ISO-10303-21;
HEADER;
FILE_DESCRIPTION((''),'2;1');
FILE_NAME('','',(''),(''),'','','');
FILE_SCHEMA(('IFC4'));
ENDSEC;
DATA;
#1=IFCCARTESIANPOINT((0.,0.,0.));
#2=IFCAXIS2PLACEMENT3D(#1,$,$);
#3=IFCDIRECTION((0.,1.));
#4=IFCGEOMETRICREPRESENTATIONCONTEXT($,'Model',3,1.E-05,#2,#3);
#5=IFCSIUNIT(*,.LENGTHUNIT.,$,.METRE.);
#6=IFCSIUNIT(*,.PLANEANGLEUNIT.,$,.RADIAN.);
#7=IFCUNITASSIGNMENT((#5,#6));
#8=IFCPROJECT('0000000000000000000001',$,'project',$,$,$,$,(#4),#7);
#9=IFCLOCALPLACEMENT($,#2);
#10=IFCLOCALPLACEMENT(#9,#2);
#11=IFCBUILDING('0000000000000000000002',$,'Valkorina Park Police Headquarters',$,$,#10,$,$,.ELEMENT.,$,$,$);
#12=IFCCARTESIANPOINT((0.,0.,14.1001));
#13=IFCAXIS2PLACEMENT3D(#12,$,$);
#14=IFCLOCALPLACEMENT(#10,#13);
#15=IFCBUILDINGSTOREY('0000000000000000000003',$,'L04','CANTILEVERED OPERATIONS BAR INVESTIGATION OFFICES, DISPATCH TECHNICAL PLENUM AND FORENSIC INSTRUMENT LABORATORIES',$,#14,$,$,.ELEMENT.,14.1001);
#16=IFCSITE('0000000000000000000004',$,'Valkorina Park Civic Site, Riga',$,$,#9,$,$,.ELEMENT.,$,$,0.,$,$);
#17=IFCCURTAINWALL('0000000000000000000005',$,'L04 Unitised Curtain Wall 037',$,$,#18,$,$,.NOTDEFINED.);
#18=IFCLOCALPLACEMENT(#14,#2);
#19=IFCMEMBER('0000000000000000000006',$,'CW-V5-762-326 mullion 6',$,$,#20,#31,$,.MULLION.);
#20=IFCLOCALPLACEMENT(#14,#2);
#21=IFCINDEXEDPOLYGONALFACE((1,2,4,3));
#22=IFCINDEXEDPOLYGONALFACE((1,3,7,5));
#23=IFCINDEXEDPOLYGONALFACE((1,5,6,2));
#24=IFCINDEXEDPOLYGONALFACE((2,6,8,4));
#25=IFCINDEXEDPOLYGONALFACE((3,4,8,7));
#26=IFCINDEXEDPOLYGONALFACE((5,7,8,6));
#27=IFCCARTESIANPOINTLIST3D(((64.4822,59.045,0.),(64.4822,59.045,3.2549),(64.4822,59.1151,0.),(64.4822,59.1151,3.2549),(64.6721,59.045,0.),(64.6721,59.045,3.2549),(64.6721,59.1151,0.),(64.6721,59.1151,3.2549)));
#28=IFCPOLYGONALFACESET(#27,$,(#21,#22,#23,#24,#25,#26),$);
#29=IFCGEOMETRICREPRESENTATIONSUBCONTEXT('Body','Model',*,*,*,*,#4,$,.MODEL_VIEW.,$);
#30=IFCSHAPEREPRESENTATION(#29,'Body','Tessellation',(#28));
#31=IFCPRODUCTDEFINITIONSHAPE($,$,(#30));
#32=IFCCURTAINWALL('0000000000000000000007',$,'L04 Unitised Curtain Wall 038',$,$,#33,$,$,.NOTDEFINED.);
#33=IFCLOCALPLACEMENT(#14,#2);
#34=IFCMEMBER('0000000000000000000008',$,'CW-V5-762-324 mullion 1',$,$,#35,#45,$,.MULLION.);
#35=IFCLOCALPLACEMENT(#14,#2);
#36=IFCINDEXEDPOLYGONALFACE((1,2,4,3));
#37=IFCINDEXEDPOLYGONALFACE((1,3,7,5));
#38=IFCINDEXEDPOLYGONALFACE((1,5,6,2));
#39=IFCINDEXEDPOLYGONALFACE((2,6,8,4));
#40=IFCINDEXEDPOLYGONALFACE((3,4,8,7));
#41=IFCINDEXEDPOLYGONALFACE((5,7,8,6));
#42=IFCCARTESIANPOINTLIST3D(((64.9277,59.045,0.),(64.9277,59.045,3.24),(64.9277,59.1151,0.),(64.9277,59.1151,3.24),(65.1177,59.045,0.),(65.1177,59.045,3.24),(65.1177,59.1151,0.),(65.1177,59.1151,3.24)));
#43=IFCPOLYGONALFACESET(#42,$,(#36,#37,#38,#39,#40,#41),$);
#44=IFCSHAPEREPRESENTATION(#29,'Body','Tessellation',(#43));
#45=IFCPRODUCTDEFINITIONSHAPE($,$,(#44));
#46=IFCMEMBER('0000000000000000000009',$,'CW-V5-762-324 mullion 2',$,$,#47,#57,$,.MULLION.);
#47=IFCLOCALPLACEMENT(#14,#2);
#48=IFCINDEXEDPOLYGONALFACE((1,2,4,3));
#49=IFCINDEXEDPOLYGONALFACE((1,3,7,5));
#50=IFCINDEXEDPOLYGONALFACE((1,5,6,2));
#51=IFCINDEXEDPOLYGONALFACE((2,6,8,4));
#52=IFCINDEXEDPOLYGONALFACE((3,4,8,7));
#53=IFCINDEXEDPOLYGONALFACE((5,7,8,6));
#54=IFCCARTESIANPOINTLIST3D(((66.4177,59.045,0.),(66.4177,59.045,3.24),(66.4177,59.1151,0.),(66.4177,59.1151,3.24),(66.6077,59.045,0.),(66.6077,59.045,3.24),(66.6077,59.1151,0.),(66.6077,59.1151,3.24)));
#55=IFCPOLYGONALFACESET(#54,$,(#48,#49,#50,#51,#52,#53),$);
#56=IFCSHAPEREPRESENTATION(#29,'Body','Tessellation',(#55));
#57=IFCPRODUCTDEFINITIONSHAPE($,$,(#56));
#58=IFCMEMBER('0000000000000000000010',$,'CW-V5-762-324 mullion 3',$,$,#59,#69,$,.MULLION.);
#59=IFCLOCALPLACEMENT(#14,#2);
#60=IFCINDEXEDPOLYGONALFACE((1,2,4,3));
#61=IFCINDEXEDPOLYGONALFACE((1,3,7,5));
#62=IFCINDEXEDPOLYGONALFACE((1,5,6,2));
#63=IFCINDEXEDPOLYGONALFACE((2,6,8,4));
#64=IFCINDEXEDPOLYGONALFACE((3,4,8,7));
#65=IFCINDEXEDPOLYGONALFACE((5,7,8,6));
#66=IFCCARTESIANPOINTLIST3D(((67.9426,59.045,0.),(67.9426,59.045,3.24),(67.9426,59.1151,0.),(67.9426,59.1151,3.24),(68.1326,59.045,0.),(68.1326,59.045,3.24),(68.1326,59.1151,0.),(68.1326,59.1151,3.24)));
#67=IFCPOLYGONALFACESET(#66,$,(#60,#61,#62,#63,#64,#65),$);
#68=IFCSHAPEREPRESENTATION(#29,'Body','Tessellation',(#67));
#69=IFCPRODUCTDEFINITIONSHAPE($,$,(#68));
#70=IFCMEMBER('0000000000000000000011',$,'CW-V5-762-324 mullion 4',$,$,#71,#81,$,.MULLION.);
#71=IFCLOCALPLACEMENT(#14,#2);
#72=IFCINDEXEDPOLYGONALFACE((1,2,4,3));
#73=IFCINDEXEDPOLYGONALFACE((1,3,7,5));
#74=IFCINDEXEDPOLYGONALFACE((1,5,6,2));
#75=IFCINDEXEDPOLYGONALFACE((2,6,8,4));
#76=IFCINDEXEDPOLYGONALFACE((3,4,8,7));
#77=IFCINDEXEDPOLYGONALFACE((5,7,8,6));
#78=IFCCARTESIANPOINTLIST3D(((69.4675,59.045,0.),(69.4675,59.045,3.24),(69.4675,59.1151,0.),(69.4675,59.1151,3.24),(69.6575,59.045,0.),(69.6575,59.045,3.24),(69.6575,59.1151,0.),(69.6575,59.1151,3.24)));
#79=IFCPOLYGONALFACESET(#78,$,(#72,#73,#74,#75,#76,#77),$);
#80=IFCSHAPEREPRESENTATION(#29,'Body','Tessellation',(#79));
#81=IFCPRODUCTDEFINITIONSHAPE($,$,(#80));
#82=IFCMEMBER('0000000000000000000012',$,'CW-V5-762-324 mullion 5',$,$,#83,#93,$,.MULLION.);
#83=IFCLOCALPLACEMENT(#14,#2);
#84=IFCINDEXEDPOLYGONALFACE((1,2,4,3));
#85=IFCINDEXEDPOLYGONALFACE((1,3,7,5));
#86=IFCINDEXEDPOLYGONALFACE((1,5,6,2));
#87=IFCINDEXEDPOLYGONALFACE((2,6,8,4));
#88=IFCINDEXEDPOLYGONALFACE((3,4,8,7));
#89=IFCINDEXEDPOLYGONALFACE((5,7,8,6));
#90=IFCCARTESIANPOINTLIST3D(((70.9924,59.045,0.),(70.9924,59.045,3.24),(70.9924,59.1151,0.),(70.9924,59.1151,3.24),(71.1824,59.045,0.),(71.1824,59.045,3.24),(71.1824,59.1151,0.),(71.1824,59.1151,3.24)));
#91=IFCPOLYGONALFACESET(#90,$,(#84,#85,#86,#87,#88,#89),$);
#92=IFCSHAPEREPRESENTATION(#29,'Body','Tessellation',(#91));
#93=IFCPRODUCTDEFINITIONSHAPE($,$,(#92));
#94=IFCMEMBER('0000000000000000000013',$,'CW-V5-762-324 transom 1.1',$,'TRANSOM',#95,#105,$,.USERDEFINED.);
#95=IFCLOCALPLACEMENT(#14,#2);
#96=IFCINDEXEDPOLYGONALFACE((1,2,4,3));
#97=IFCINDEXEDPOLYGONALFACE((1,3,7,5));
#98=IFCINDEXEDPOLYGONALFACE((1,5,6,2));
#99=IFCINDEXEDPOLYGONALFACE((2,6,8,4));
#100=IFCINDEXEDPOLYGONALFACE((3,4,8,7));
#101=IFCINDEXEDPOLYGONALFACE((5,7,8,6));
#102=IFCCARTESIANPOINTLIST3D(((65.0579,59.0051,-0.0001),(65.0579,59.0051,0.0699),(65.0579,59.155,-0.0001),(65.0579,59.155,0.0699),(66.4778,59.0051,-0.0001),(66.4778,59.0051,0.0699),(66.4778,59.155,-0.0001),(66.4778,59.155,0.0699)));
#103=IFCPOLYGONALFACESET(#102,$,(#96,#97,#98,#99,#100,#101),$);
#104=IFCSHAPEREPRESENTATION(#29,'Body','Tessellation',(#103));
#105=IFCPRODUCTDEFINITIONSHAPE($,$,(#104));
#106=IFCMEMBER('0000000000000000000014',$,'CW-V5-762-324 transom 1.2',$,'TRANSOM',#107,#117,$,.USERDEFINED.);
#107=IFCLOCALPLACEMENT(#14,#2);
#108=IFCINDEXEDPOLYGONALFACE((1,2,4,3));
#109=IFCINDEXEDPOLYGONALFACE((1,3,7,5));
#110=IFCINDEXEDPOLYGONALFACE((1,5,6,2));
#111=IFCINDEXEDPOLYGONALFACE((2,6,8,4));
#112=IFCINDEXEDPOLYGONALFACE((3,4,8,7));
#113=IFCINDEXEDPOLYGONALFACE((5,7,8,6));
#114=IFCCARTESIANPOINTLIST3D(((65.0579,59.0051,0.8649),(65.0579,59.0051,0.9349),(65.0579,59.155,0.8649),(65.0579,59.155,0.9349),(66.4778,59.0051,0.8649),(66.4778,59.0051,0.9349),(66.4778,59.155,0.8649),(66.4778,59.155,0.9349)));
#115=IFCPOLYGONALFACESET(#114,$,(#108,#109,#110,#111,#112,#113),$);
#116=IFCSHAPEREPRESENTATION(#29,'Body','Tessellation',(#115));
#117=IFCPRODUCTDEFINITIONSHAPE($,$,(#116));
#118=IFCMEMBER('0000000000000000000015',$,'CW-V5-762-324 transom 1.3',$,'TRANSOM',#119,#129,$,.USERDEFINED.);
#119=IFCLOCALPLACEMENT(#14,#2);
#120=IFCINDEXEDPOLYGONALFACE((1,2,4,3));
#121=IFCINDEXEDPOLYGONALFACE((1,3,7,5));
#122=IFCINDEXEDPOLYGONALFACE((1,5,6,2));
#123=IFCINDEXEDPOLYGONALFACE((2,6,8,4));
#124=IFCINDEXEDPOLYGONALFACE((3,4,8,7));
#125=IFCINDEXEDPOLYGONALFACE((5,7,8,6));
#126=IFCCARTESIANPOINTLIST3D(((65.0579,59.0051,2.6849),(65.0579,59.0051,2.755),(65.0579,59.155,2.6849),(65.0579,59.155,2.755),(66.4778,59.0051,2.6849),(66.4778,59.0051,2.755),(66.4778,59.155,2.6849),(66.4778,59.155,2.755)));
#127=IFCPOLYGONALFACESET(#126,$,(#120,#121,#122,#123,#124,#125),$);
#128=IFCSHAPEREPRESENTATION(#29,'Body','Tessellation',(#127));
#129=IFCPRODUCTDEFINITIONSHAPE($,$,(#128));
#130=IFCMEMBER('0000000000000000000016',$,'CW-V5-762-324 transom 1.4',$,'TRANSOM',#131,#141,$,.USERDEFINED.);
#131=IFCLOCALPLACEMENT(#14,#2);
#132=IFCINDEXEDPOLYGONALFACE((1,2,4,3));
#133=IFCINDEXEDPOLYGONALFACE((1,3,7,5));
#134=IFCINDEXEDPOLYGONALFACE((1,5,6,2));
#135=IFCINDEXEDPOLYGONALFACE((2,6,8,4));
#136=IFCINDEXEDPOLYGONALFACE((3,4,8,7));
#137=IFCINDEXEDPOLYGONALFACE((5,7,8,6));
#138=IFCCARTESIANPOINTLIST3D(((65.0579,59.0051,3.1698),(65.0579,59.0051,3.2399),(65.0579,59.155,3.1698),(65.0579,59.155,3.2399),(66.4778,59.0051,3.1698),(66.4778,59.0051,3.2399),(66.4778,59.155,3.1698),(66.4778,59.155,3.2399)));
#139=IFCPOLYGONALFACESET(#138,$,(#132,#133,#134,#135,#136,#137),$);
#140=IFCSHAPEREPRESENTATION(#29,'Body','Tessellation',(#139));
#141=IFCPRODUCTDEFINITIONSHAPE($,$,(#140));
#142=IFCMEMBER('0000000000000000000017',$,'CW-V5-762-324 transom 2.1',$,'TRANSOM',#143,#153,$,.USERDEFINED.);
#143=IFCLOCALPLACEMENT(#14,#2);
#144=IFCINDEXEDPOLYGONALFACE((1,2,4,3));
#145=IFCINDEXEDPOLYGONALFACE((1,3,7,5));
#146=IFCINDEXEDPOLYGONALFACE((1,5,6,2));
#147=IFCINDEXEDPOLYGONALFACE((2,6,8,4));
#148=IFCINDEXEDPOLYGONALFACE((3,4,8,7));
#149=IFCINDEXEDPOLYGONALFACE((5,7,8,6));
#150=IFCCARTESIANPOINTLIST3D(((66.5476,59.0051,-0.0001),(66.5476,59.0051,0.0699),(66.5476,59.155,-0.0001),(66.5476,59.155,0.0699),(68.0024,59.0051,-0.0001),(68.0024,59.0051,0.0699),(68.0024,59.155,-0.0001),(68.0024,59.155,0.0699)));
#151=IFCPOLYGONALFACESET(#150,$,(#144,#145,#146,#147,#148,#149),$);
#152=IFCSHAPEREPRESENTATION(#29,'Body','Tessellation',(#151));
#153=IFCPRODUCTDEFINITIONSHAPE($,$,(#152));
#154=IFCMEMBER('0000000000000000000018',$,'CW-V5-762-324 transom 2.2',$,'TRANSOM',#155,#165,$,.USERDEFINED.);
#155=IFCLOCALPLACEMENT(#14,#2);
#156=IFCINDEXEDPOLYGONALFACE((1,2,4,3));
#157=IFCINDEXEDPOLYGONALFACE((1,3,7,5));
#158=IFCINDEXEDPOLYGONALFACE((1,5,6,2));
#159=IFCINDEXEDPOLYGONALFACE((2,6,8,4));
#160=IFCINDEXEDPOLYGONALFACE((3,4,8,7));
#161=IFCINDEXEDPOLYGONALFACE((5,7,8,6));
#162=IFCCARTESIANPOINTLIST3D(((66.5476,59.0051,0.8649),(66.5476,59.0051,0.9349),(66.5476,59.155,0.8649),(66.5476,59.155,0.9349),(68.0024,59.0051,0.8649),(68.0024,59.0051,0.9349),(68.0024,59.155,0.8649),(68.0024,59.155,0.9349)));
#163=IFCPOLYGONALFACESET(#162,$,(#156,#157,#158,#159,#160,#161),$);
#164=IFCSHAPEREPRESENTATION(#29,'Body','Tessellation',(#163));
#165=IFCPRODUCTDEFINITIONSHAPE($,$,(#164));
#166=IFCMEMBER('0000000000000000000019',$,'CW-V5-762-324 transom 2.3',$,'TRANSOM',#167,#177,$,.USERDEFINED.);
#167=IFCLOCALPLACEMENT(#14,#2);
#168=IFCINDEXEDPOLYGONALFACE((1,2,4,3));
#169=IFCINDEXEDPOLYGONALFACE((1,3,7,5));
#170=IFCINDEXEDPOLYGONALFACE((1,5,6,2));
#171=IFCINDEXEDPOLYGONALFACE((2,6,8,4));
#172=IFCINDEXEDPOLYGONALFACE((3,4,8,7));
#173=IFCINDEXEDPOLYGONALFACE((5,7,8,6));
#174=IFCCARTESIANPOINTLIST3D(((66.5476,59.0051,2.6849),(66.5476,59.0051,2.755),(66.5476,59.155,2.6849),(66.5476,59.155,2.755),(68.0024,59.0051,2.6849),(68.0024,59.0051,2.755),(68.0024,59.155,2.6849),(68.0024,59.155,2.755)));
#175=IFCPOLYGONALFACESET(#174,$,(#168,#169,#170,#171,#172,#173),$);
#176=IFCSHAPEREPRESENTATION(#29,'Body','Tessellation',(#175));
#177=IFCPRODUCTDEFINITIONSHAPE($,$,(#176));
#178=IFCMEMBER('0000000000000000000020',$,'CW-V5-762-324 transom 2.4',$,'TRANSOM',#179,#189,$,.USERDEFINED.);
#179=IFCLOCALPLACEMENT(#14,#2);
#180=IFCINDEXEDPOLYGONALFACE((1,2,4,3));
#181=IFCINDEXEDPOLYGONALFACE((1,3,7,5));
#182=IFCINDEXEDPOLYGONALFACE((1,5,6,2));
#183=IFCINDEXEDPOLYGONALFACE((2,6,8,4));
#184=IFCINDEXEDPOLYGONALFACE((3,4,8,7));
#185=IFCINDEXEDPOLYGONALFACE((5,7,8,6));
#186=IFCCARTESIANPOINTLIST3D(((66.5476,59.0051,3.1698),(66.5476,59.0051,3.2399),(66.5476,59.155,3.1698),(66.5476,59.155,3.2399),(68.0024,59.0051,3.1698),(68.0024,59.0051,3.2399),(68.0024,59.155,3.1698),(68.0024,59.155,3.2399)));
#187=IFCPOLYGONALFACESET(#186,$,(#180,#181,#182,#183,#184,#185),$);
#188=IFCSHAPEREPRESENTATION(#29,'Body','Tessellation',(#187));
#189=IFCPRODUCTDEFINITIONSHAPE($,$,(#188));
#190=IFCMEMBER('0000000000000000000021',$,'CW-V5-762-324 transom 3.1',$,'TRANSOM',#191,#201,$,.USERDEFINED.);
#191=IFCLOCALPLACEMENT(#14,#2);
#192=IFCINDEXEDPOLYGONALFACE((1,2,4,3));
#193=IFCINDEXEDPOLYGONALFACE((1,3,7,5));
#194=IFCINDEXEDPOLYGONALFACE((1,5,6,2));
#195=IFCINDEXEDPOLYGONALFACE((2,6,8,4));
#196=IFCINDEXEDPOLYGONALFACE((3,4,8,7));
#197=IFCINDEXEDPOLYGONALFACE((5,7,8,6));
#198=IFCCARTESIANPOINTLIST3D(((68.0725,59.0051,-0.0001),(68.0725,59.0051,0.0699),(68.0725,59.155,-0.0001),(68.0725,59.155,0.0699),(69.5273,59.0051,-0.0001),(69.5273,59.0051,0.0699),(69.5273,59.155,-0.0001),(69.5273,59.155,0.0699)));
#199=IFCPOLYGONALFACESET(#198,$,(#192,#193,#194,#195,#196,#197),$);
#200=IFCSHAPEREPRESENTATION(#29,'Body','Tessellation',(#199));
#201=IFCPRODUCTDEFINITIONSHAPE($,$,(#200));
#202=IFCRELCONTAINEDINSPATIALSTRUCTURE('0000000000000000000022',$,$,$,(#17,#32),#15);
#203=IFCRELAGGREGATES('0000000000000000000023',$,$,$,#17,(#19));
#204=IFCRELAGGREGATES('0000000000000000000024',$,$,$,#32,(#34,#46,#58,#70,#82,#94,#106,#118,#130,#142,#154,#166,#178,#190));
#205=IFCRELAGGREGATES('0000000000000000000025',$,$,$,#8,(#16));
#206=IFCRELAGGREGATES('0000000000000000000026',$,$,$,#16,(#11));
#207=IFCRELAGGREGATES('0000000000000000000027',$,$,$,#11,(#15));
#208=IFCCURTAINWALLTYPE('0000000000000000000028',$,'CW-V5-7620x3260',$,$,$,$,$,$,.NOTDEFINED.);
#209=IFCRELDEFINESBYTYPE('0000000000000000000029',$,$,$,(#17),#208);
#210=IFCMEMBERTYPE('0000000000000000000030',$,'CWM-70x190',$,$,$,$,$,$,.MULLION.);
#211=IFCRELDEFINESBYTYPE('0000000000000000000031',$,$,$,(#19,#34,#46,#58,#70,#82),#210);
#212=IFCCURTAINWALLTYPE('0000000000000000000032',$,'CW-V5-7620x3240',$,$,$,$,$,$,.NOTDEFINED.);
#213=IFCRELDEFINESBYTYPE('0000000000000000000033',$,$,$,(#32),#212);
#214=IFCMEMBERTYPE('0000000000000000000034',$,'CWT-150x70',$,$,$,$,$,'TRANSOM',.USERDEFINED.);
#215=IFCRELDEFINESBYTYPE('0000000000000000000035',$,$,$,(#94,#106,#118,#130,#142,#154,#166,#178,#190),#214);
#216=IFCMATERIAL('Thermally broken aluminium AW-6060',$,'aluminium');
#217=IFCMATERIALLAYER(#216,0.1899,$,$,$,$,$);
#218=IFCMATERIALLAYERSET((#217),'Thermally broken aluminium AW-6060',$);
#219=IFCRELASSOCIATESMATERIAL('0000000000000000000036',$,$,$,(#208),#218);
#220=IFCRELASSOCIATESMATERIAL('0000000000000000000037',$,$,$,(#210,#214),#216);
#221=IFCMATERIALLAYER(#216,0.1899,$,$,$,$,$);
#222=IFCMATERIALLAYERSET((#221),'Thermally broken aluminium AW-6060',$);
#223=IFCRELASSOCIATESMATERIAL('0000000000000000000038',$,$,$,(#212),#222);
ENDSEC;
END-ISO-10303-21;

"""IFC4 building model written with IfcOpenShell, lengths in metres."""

from ifc_helpers import new_model, si_unit, direction, frame, origin, origin_2d, place, context, subcontext, project, spatial, rectangle, extrude, material, layer, layer_set, material_profile, profile_set, type_object, element, aggregate, save


model = new_model("IFC4")

# Units and contexts
model_context = context("Model", 3, precision=1e-05, world=origin(), true_north=direction((0.0, 1.0)))
body_context = subcontext(model_context, "Body", "Model", "MODEL_VIEW")
ifc_project = project(units=[si_unit("LENGTHUNIT", "METRE"), si_unit("PLANEANGLEUNIT", "RADIAN")], contexts=[model_context])

# Site, building, storey
site_placement = place(None, origin())
site = spatial("IfcSite", under=ifc_project, at=site_placement, Name="Valkorina Park Civic Site, Riga", CompositionType="ELEMENT", RefElevation=0.0)
building_placement = place(site_placement, origin())
building = spatial("IfcBuilding", under=site, at=building_placement, Name="Valkorina Park Police Headquarters", CompositionType="ELEMENT")
storey_placement = place(building_placement, frame((0.0, 0.0, 14.1001)))
storey = spatial("IfcBuildingStorey", under=building, at=storey_placement, Name="L04", Description="CANTILEVERED OPERATIONS BAR INVESTIGATION OFFICES, DISPATCH TECHNICAL PLENUM AND FORENSIC INSTRUMENT LABORATORIES", CompositionType="ELEMENT", Elevation=14.1001)

# Curtain wall, member
ifc_material_1 = material(Name="Thermally broken aluminium AW-6060", Category="aluminium")
ifc_layer_1 = layer(ifc_material_1, 0.1899)
ifc_layer_set_1 = layer_set([ifc_layer_1], Name="Thermally broken aluminium AW-6060")
curtain_wall_type_1 = type_object("IfcCurtainWallType", Name="CW-V5-7620x3260", PredefinedType="NOTDEFINED", material=ifc_layer_set_1)
curtain_wall_1_placement = place(storey_placement, origin())
curtain_wall_1 = element("IfcCurtainWall", 1, at=curtain_wall_1_placement, inside=storey, type_object=curtain_wall_type_1, Name="L04 Unitised Curtain Wall 037", PredefinedType="NOTDEFINED")
ifc_material_profile_1 = material_profile(ifc_material_1, rectangle(XDim=0.0701, YDim=0.1899, at=origin_2d()), Name="CWM-02 70x190")
ifc_profile_set_1 = profile_set([ifc_material_profile_1], Name="Thermally broken aluminium AW-6060")
member_type_1 = type_object("IfcMemberType", Name="CWM-70x190", PredefinedType="MULLION", material=ifc_profile_set_1)
member_1_placement = place(storey_placement, frame((64.5771, 59.0801, 0.0), z_axis=(0.0, 0.0, 1.0), x_axis=(0.0, 1.0, 0.0)))
member_1 = element("IfcMember", 2, at=member_1_placement, type_object=member_type_1, Name="CW-V5-762-326 mullion 6", PredefinedType="MULLION", context=body_context, shape_type="SweptSolid", body=[
    extrude(rectangle(XDim=0.0701, YDim=0.1899, at=origin_2d()), origin(), (0.0, 0.0, 1.0), 3.2549),
])

# Curtain wall, members
ifc_layer_2 = layer(ifc_material_1, 0.1899)
ifc_layer_set_2 = layer_set([ifc_layer_2], Name="Thermally broken aluminium AW-6060")
curtain_wall_type_2 = type_object("IfcCurtainWallType", Name="CW-V5-7620x3240", PredefinedType="NOTDEFINED", material=ifc_layer_set_2)
curtain_wall_2_placement = place(storey_placement, origin())
curtain_wall_2 = element("IfcCurtainWall", 3, at=curtain_wall_2_placement, inside=storey, type_object=curtain_wall_type_2, Name="L04 Unitised Curtain Wall 038", PredefinedType="NOTDEFINED")
member_2_placement = place(storey_placement, frame((65.0227, 59.0801, 0.0), z_axis=(0.0, 0.0, 1.0), x_axis=(0.0, 1.0, 0.0)))
member_2 = element("IfcMember", 4, at=member_2_placement, type_object=member_type_1, Name="CW-V5-762-324 mullion 1", PredefinedType="MULLION", context=body_context, shape_type="SweptSolid", body=[
    extrude(rectangle(XDim=0.0701, YDim=0.1899, at=origin_2d()), origin(), (0.0, 0.0, 1.0), 3.24),
])
member_3_placement = place(storey_placement, frame((66.5127, 59.0801, 0.0), z_axis=(0.0, 0.0, 1.0), x_axis=(0.0, 1.0, 0.0)))
member_3 = element("IfcMember", 5, at=member_3_placement, type_object=member_type_1, Name="CW-V5-762-324 mullion 2", PredefinedType="MULLION", context=body_context, shape_type="SweptSolid", body=[
    extrude(rectangle(XDim=0.0701, YDim=0.1899, at=origin_2d()), origin(), (0.0, 0.0, 1.0), 3.24),
])
member_4_placement = place(storey_placement, frame((68.0376, 59.0801, 0.0), z_axis=(0.0, 0.0, 1.0), x_axis=(0.0, 1.0, 0.0)))
member_4 = element("IfcMember", 6, at=member_4_placement, type_object=member_type_1, Name="CW-V5-762-324 mullion 3", PredefinedType="MULLION", context=body_context, shape_type="SweptSolid", body=[
    extrude(rectangle(XDim=0.0701, YDim=0.1899, at=origin_2d()), origin(), (0.0, 0.0, 1.0), 3.24),
])
member_5_placement = place(storey_placement, frame((69.5625, 59.0801, 0.0), z_axis=(0.0, 0.0, 1.0), x_axis=(0.0, 1.0, 0.0)))
member_5 = element("IfcMember", 7, at=member_5_placement, type_object=member_type_1, Name="CW-V5-762-324 mullion 4", PredefinedType="MULLION", context=body_context, shape_type="SweptSolid", body=[
    extrude(rectangle(XDim=0.0701, YDim=0.1899, at=origin_2d()), origin(), (0.0, 0.0, 1.0), 3.24),
])
member_6_placement = place(storey_placement, frame((71.0874, 59.0801, 0.0), z_axis=(0.0, 0.0, 1.0), x_axis=(0.0, 1.0, 0.0)))
member_6 = element("IfcMember", 8, at=member_6_placement, type_object=member_type_1, Name="CW-V5-762-324 mullion 5", PredefinedType="MULLION", context=body_context, shape_type="SweptSolid", body=[
    extrude(rectangle(XDim=0.0701, YDim=0.1899, at=origin_2d()), origin(), (0.0, 0.0, 1.0), 3.24),
])
ifc_material_profile_2 = material_profile(ifc_material_1, rectangle(XDim=0.1499, YDim=0.0701, at=origin_2d()), Name="CWT-02 150x70")
ifc_profile_set_2 = profile_set([ifc_material_profile_2], Name="Thermally broken aluminium AW-6060")
member_type_2 = type_object("IfcMemberType", Name="CWT-150x70", ElementType="TRANSOM", PredefinedType="USERDEFINED", material=ifc_profile_set_2)
member_7_placement = place(storey_placement, frame((65.0579, 59.0801, 0.0349), z_axis=(1.0, 0.0, 0.0), x_axis=(0.0, 1.0, 0.0)))
member_7 = element("IfcMember", 9, at=member_7_placement, type_object=member_type_2, Name="CW-V5-762-324 transom 1.1", ObjectType="TRANSOM", PredefinedType="USERDEFINED", context=body_context, shape_type="SweptSolid", body=[
    extrude(rectangle(XDim=0.1499, YDim=0.0701, at=origin_2d()), origin(), (0.0, 0.0, 1.0), 1.4199),
])
member_8_placement = place(storey_placement, frame((65.0579, 59.0801, 0.8999), z_axis=(1.0, 0.0, 0.0), x_axis=(0.0, 1.0, 0.0)))
member_8 = element("IfcMember", 10, at=member_8_placement, type_object=member_type_2, Name="CW-V5-762-324 transom 1.2", ObjectType="TRANSOM", PredefinedType="USERDEFINED", context=body_context, shape_type="SweptSolid", body=[
    extrude(rectangle(XDim=0.1499, YDim=0.0701, at=origin_2d()), origin(), (0.0, 0.0, 1.0), 1.4199),
])
member_9_placement = place(storey_placement, frame((65.0579, 59.0801, 2.72), z_axis=(1.0, 0.0, 0.0), x_axis=(0.0, 1.0, 0.0)))
member_9 = element("IfcMember", 11, at=member_9_placement, type_object=member_type_2, Name="CW-V5-762-324 transom 1.3", ObjectType="TRANSOM", PredefinedType="USERDEFINED", context=body_context, shape_type="SweptSolid", body=[
    extrude(rectangle(XDim=0.1499, YDim=0.0701, at=origin_2d()), origin(), (0.0, 0.0, 1.0), 1.4199),
])
member_10_placement = place(storey_placement, frame((65.0579, 59.0801, 3.2048), z_axis=(1.0, 0.0, 0.0), x_axis=(0.0, 1.0, 0.0)))
member_10 = element("IfcMember", 12, at=member_10_placement, type_object=member_type_2, Name="CW-V5-762-324 transom 1.4", ObjectType="TRANSOM", PredefinedType="USERDEFINED", context=body_context, shape_type="SweptSolid", body=[
    extrude(rectangle(XDim=0.1499, YDim=0.0701, at=origin_2d()), origin(), (0.0, 0.0, 1.0), 1.4199),
])
member_11_placement = place(storey_placement, frame((66.5476, 59.0801, 0.0349), z_axis=(1.0, 0.0, 0.0), x_axis=(0.0, 1.0, 0.0)))
member_11 = element("IfcMember", 13, at=member_11_placement, type_object=member_type_2, Name="CW-V5-762-324 transom 2.1", ObjectType="TRANSOM", PredefinedType="USERDEFINED", context=body_context, shape_type="SweptSolid", body=[
    extrude(rectangle(XDim=0.1499, YDim=0.0701, at=origin_2d()), origin(), (0.0, 0.0, 1.0), 1.4548),
])
member_12_placement = place(storey_placement, frame((66.5476, 59.0801, 0.8999), z_axis=(1.0, 0.0, 0.0), x_axis=(0.0, 1.0, 0.0)))
member_12 = element("IfcMember", 14, at=member_12_placement, type_object=member_type_2, Name="CW-V5-762-324 transom 2.2", ObjectType="TRANSOM", PredefinedType="USERDEFINED", context=body_context, shape_type="SweptSolid", body=[
    extrude(rectangle(XDim=0.1499, YDim=0.0701, at=origin_2d()), origin(), (0.0, 0.0, 1.0), 1.4548),
])
member_13_placement = place(storey_placement, frame((66.5476, 59.0801, 2.72), z_axis=(1.0, 0.0, 0.0), x_axis=(0.0, 1.0, 0.0)))
member_13 = element("IfcMember", 15, at=member_13_placement, type_object=member_type_2, Name="CW-V5-762-324 transom 2.3", ObjectType="TRANSOM", PredefinedType="USERDEFINED", context=body_context, shape_type="SweptSolid", body=[
    extrude(rectangle(XDim=0.1499, YDim=0.0701, at=origin_2d()), origin(), (0.0, 0.0, 1.0), 1.4548),
])
member_14_placement = place(storey_placement, frame((66.5476, 59.0801, 3.2048), z_axis=(1.0, 0.0, 0.0), x_axis=(0.0, 1.0, 0.0)))
member_14 = element("IfcMember", 16, at=member_14_placement, type_object=member_type_2, Name="CW-V5-762-324 transom 2.4", ObjectType="TRANSOM", PredefinedType="USERDEFINED", context=body_context, shape_type="SweptSolid", body=[
    extrude(rectangle(XDim=0.1499, YDim=0.0701, at=origin_2d()), origin(), (0.0, 0.0, 1.0), 1.4548),
])
member_15_placement = place(storey_placement, frame((68.0725, 59.0801, 0.0349), z_axis=(1.0, 0.0, 0.0), x_axis=(0.0, 1.0, 0.0)))
member_15 = element("IfcMember", 17, at=member_15_placement, type_object=member_type_2, Name="CW-V5-762-324 transom 3.1", ObjectType="TRANSOM", PredefinedType="USERDEFINED", context=body_context, shape_type="SweptSolid", body=[
    extrude(rectangle(XDim=0.1499, YDim=0.0701, at=origin_2d()), origin(), (0.0, 0.0, 1.0), 1.4548),
])

aggregate(curtain_wall_1, [member_1])
aggregate(curtain_wall_2, [member_2, member_3, member_4, member_5, member_6, member_7, member_8, member_9, member_10, member_11, member_12, member_13, member_14, member_15])

save(model, "model.ifc")
